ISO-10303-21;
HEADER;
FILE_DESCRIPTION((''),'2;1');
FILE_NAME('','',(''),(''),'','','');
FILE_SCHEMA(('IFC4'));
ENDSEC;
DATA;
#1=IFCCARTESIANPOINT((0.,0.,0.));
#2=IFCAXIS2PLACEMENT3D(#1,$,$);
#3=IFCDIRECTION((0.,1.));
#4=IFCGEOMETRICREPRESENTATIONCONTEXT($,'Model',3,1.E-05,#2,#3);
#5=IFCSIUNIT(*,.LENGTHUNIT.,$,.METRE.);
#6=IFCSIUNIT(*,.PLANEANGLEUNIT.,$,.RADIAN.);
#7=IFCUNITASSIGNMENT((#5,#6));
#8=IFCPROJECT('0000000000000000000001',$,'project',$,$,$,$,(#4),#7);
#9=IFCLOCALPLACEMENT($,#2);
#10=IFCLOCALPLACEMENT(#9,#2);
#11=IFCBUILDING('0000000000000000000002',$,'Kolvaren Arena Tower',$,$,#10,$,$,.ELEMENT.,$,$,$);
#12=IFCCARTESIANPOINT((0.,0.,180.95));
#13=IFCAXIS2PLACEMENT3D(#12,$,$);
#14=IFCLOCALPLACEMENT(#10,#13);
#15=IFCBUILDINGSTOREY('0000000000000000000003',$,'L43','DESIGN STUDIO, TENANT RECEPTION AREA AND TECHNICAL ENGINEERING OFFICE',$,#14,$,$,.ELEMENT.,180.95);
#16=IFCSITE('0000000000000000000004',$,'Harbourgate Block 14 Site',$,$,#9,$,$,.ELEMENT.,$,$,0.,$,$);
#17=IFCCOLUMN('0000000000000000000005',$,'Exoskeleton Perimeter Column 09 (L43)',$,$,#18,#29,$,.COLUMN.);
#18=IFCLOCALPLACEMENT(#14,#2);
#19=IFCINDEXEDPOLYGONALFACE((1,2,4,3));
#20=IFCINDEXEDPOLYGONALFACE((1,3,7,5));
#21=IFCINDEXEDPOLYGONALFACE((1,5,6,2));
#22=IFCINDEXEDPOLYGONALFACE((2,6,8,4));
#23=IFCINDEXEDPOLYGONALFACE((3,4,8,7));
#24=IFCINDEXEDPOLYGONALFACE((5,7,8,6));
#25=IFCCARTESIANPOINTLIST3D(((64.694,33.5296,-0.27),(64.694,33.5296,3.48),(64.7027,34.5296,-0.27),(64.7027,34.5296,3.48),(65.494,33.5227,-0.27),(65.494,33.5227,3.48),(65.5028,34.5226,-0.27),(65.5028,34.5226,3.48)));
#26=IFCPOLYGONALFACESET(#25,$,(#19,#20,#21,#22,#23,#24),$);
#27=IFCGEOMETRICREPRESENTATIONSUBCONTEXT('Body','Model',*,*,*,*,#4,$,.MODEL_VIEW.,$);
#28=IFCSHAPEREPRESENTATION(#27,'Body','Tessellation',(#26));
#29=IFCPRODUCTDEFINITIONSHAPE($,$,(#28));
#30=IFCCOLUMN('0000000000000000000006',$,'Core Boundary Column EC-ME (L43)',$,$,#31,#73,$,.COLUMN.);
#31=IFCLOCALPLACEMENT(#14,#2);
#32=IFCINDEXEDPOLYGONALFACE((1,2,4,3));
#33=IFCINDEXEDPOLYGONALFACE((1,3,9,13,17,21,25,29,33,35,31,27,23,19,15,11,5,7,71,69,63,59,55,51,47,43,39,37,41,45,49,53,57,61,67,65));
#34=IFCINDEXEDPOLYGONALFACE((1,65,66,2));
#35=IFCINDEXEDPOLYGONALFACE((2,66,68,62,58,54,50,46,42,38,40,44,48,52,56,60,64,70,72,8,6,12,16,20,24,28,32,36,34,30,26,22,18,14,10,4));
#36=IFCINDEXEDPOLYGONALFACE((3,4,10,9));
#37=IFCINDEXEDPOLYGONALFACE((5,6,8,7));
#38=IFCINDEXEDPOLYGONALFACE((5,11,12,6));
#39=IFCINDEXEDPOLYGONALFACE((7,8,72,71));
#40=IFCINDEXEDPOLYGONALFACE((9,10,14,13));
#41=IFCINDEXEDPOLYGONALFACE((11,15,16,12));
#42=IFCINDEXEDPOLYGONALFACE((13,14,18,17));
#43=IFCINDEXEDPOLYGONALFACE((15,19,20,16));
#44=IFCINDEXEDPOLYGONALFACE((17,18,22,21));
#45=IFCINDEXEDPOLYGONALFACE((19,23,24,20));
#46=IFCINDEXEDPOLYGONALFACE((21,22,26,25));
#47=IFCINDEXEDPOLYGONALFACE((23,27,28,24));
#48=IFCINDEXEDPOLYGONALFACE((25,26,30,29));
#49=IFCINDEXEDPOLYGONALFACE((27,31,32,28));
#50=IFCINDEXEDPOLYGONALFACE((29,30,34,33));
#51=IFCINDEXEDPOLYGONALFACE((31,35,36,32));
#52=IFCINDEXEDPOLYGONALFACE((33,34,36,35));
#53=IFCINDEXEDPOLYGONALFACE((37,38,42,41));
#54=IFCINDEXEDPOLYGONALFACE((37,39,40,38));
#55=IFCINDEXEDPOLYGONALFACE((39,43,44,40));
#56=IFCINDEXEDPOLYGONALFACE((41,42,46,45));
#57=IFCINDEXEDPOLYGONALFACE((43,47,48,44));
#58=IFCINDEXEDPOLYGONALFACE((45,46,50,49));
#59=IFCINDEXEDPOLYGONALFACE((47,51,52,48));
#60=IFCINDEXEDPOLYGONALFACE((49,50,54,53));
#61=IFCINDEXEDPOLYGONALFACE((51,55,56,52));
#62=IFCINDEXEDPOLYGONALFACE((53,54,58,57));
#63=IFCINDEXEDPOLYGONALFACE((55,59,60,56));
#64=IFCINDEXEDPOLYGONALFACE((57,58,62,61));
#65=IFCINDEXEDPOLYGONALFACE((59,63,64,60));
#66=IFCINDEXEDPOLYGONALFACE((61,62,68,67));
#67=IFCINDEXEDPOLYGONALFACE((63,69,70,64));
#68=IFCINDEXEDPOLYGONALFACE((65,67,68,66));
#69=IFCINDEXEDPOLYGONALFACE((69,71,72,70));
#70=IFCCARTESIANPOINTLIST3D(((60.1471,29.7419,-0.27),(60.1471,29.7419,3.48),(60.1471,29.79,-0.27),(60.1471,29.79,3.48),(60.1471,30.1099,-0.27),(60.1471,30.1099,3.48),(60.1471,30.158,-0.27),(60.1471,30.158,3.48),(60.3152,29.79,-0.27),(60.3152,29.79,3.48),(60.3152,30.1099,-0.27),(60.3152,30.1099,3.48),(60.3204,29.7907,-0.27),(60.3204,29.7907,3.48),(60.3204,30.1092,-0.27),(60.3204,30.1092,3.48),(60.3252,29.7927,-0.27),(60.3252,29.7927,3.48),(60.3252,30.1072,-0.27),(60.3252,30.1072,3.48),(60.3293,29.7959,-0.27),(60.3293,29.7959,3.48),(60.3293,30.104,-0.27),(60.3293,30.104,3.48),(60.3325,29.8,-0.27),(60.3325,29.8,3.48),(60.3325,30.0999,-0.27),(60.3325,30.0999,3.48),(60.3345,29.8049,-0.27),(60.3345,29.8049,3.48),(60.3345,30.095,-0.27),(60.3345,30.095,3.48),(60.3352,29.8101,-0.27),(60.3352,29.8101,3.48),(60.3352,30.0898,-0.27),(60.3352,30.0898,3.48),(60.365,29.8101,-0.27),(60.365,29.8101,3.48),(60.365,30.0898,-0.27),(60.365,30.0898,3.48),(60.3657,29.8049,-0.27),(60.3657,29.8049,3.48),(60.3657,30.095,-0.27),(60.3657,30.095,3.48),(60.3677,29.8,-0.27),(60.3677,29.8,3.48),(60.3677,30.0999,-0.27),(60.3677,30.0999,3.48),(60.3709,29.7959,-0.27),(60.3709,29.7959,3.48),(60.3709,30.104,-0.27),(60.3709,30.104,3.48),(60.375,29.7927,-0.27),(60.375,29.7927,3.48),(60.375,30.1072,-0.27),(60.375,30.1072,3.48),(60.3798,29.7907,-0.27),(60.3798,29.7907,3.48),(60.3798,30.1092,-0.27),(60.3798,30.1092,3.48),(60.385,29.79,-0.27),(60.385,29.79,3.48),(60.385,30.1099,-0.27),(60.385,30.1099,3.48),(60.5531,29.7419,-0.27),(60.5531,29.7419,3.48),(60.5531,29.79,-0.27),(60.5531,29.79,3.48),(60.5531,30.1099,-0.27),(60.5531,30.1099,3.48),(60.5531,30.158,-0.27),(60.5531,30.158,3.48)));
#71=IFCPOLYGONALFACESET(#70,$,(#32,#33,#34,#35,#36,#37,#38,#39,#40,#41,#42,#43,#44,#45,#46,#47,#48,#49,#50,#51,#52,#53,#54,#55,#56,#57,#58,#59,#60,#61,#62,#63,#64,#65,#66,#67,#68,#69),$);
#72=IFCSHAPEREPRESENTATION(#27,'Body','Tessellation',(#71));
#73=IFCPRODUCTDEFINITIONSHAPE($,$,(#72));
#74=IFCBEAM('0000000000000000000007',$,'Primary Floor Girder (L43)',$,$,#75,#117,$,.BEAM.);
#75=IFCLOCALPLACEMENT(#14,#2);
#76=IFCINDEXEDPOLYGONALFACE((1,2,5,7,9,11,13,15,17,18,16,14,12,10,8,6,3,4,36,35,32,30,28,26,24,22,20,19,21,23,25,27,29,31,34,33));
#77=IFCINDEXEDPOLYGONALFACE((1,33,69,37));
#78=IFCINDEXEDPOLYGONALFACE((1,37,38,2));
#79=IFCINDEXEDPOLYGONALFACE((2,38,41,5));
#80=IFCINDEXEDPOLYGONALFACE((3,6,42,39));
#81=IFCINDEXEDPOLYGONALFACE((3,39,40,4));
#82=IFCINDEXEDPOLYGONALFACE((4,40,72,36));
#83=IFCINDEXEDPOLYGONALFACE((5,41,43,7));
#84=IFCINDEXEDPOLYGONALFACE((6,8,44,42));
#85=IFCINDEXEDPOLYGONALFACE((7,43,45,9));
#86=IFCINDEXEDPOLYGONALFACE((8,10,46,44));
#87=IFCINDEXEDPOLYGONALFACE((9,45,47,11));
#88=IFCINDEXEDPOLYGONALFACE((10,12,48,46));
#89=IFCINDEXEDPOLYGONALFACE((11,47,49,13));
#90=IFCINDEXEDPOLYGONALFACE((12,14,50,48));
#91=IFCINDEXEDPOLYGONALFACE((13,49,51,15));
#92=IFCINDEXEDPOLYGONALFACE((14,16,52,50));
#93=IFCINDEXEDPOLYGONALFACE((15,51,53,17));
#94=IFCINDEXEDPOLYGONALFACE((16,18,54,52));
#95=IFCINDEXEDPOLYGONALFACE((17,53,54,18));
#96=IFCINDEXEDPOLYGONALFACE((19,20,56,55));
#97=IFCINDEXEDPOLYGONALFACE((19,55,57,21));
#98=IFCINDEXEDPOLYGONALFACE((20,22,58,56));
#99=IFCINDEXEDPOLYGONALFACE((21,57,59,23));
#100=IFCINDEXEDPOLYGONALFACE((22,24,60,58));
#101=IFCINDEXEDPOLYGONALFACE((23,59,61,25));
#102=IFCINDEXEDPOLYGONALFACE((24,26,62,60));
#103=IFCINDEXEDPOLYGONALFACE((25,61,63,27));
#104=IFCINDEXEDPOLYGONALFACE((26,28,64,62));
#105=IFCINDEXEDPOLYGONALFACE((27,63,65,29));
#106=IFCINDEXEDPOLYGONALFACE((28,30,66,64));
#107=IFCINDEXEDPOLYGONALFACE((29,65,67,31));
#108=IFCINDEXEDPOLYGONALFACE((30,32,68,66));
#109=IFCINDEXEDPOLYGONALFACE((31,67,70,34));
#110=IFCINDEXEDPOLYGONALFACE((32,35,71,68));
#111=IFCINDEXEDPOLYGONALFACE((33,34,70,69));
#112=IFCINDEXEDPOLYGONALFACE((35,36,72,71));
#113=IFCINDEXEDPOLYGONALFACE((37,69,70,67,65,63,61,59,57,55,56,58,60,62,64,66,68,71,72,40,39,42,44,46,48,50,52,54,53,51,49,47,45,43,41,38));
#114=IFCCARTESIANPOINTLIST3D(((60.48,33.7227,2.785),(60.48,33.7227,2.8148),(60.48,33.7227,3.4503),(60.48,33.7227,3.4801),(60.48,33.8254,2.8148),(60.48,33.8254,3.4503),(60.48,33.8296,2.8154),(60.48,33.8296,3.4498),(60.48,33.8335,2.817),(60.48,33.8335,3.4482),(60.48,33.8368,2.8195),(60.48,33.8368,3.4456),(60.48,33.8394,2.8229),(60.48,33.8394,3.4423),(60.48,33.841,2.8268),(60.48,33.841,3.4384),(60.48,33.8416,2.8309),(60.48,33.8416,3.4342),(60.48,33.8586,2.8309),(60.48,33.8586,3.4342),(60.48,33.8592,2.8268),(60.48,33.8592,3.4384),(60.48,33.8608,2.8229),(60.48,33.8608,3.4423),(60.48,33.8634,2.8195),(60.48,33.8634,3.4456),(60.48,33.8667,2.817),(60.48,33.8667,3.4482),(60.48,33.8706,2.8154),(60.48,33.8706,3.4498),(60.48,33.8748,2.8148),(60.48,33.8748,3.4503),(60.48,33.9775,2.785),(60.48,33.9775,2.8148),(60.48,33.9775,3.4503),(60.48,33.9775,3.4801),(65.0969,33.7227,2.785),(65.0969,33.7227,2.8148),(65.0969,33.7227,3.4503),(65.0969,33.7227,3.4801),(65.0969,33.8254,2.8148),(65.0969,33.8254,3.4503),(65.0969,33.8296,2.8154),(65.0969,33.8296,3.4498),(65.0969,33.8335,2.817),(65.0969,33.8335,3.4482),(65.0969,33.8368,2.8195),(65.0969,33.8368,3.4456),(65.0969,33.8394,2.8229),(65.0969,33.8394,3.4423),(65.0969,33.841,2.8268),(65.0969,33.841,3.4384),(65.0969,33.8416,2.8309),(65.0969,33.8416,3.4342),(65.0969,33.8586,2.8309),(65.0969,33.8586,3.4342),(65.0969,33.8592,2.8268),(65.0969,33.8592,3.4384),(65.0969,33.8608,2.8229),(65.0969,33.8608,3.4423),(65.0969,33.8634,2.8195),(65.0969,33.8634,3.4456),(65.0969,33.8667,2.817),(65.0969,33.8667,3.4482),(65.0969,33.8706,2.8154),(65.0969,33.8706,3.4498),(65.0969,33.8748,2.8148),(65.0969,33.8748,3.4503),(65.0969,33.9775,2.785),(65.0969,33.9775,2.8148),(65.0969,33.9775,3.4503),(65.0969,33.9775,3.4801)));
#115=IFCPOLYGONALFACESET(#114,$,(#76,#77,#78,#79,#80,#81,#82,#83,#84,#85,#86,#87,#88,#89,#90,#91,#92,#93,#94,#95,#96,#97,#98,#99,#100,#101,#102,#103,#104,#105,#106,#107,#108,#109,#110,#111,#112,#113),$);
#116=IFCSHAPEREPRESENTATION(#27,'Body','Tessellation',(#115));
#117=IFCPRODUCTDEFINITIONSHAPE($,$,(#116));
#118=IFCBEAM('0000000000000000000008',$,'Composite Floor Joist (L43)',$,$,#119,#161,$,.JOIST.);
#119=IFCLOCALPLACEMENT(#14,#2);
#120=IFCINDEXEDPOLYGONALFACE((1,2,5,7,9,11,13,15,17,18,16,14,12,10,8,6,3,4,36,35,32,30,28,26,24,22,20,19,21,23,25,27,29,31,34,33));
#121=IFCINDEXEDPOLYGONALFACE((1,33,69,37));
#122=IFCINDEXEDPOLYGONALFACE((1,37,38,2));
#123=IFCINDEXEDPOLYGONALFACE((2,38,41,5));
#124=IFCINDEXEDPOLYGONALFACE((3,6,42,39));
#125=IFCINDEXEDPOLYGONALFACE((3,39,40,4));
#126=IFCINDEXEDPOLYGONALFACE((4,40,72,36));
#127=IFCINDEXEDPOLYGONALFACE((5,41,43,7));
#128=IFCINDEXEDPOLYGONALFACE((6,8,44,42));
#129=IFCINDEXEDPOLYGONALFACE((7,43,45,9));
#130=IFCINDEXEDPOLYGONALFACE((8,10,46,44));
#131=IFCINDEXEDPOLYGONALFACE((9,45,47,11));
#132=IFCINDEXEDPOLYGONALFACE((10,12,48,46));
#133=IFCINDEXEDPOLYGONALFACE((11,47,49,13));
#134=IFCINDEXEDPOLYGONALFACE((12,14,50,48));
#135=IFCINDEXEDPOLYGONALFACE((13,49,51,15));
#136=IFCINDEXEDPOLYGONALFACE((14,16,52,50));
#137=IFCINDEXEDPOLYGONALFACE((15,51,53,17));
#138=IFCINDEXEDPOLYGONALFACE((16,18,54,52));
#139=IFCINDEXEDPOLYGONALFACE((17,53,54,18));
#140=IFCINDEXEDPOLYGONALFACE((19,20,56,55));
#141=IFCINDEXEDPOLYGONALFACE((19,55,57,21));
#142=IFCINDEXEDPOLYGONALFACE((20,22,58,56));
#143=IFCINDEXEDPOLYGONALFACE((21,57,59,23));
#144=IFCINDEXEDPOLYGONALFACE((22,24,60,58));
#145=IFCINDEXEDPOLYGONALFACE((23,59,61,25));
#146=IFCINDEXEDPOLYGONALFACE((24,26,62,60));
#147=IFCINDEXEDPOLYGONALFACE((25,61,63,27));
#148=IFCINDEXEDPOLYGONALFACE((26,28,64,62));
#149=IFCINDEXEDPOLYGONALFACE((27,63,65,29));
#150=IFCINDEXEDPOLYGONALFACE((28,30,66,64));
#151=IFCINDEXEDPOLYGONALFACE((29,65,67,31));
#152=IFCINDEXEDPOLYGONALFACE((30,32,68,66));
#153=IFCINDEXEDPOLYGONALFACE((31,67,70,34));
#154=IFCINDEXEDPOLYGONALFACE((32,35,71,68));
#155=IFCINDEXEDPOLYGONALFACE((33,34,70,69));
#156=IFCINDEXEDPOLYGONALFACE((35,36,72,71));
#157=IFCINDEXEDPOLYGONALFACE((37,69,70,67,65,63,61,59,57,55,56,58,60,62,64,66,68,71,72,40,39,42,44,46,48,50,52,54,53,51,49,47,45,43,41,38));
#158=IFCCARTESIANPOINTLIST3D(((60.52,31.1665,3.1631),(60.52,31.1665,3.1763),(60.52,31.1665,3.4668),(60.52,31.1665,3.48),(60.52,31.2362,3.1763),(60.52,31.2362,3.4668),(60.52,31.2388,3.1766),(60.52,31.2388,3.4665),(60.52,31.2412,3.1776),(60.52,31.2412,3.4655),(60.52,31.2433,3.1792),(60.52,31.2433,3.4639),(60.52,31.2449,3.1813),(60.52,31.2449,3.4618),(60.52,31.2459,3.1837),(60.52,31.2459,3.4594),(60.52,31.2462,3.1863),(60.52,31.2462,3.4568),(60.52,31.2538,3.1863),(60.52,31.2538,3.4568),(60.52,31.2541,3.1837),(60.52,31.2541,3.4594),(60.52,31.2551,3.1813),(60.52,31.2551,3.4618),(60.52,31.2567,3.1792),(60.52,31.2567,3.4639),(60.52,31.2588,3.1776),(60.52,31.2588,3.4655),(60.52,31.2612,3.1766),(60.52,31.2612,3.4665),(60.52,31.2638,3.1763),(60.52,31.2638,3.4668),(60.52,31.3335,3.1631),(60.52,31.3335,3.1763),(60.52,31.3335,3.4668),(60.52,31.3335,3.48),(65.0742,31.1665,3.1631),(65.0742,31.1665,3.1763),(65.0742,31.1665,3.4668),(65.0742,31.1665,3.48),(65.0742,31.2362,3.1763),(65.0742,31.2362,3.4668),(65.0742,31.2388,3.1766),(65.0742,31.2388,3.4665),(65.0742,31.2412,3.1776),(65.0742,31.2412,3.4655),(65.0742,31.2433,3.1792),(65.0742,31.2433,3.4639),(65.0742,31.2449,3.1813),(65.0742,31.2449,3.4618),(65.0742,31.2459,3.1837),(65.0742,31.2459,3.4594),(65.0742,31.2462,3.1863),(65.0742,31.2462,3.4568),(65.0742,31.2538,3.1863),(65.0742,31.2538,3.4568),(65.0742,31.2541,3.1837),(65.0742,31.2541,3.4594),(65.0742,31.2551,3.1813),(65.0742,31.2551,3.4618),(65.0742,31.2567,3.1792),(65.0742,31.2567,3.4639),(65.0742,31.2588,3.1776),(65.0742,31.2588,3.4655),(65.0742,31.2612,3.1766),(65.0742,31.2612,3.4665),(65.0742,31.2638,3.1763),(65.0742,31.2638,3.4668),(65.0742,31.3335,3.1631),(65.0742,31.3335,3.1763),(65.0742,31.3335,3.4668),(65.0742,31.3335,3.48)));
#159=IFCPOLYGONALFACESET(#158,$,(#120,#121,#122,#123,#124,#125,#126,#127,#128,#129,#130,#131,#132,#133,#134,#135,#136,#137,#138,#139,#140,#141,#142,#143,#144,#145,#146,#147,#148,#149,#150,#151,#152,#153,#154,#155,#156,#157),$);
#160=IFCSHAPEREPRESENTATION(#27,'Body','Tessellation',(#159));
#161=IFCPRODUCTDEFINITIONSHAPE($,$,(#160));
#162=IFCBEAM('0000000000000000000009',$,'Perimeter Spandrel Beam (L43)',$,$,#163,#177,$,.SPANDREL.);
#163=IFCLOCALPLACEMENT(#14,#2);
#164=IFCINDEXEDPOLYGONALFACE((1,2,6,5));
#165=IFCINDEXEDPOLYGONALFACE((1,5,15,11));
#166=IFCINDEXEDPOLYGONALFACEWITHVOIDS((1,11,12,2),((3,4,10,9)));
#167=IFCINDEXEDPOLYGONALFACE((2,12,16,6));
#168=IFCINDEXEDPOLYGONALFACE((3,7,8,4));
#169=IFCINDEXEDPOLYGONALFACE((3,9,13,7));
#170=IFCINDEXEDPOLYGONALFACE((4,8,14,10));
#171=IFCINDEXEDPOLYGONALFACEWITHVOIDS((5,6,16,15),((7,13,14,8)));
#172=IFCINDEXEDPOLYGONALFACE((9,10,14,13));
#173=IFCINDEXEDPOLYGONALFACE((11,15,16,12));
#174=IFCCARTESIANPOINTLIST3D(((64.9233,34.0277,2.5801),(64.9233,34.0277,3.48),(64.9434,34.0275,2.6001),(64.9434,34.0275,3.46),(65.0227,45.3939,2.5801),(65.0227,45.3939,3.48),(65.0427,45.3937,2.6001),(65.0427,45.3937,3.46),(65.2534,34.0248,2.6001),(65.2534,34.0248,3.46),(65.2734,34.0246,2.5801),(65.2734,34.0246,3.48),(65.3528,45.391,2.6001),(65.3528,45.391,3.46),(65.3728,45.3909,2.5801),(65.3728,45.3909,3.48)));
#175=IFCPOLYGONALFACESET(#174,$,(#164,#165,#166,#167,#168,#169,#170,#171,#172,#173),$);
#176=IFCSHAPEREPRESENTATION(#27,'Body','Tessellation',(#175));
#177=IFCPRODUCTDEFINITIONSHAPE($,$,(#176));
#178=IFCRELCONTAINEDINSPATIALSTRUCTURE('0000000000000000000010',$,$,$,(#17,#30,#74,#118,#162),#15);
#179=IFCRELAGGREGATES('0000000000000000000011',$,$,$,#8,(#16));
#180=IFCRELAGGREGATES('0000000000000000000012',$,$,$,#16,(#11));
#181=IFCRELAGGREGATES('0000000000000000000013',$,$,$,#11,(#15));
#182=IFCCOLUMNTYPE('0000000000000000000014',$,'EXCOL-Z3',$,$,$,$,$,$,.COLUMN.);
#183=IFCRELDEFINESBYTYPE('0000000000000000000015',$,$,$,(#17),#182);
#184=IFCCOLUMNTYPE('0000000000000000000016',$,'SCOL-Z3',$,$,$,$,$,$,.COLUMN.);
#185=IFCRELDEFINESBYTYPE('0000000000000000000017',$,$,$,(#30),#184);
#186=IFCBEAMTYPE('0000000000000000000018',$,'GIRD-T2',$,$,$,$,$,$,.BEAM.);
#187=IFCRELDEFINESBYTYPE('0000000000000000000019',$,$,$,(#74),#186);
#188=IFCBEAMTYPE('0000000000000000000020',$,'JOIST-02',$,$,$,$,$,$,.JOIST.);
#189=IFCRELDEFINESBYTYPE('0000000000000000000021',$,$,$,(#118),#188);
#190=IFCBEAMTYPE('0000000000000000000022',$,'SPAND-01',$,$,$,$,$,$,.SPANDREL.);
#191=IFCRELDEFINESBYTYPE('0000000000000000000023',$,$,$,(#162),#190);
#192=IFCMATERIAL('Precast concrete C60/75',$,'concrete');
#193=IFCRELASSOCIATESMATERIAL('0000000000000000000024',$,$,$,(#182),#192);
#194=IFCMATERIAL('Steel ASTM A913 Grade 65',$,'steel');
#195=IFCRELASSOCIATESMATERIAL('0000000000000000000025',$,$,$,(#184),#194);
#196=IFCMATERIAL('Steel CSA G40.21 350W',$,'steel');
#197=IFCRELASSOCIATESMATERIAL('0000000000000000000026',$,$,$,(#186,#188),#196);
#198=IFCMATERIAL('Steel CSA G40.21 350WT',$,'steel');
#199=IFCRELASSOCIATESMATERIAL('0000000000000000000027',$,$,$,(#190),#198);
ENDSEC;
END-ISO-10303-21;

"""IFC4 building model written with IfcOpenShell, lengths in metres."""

from ifc_helpers import new_model, si_unit, direction, frame, origin, origin_2d, place, context, subcontext, project, spatial, rectangle, hollow_rectangle, i_section, extrude, material, material_profile, profile_set, type_object, element, save


model = new_model("IFC4")

# Units and contexts
model_context = context("Model", 3, precision=1e-05, world=origin(), true_north=direction((0.0, 1.0)))
body_context = subcontext(model_context, "Body", "Model", "MODEL_VIEW")
ifc_project = project(units=[si_unit("LENGTHUNIT", "METRE"), si_unit("PLANEANGLEUNIT", "RADIAN")], contexts=[model_context])

# Site, building, storey
site_placement = place(None, origin())
site = spatial("IfcSite", under=ifc_project, at=site_placement, Name="Harbourgate Block 14 Site", CompositionType="ELEMENT", RefElevation=0.0)
building_placement = place(site_placement, origin())
building = spatial("IfcBuilding", under=site, at=building_placement, Name="Kolvaren Arena Tower", CompositionType="ELEMENT")
storey_placement = place(building_placement, frame((0.0, 0.0, 180.95)))
storey = spatial("IfcBuildingStorey", under=building, at=storey_placement, Name="L43", Description="DESIGN STUDIO, TENANT RECEPTION AREA AND TECHNICAL ENGINEERING OFFICE", CompositionType="ELEMENT", Elevation=180.95)

# Columns
ifc_material_1 = material(Name="Precast concrete C60/75", Category="concrete")
ifc_material_profile_1 = material_profile(ifc_material_1, rectangle(XDim=1.0, YDim=0.8, at=origin_2d()), Name="RC-1000x800")
ifc_profile_set_1 = profile_set([ifc_material_profile_1], Name="Precast concrete C60/75")
column_type_1 = type_object("IfcColumnType", Name="EXCOL-Z3", PredefinedType="COLUMN", material=ifc_profile_set_1)
column_1_placement = place(storey_placement, frame((65.0984, 34.0261, -0.27), z_axis=(0.0, 0.0, 1.0), x_axis=(0.008727, 0.999962, 0.0)))
element("IfcColumn", 1, at=column_1_placement, inside=storey, type_object=column_type_1, Name="Exoskeleton Perimeter Column 09 (L43)", PredefinedType="COLUMN", context=body_context, shape_type="SweptSolid", body=[
    extrude(rectangle(XDim=1.0, YDim=0.8, at=origin_2d()), origin(), (0.0, 0.0, 1.0), 3.75),
])
ifc_material_2 = material(Name="Steel ASTM A913 Grade 65", Category="steel")
ifc_material_profile_2 = material_profile(ifc_material_2, i_section(OverallWidth=0.406, OverallDepth=0.416, WebThickness=0.0298, FlangeThickness=0.0481, FilletRadius=0.02, at=origin_2d()), Name="W360x382")
ifc_profile_set_2 = profile_set([ifc_material_profile_2], Name="Steel ASTM A913 Grade 65")
column_type_2 = type_object("IfcColumnType", Name="SCOL-Z3", PredefinedType="COLUMN", material=ifc_profile_set_2)
column_2_placement = place(storey_placement, frame((60.3501, 29.95, -0.27), z_axis=(0.0, 0.0, 1.0), x_axis=(1.0, 0.0, 0.0)))
element("IfcColumn", 2, at=column_2_placement, inside=storey, type_object=column_type_2, Name="Core Boundary Column EC-ME (L43)", PredefinedType="COLUMN", context=body_context, shape_type="SweptSolid", body=[
    extrude(i_section(OverallWidth=0.406, OverallDepth=0.416, WebThickness=0.0298, FlangeThickness=0.0481, FilletRadius=0.02, at=origin_2d()), origin(), (0.0, 0.0, 1.0), 3.75),
])

# Beams
ifc_material_3 = material(Name="Steel CSA G40.21 350W", Category="steel")
ifc_material_profile_3 = material_profile(ifc_material_3, i_section(OverallWidth=0.2549, OverallDepth=0.6951, WebThickness=0.0171, FlangeThickness=0.0298, FilletRadius=0.0161, at=origin_2d()), Name="W690x217")
ifc_profile_set_3 = profile_set([ifc_material_profile_3], Name="Steel CSA G40.21 350W")
beam_type_1 = type_object("IfcBeamType", Name="GIRD-T2", PredefinedType="BEAM", material=ifc_profile_set_3)
beam_1_placement = place(storey_placement, frame((60.48, 33.8501, 3.1326), z_axis=(1.0, 0.0, 0.0), x_axis=(0.0, 1.0, 0.0)))
element("IfcBeam", 3, at=beam_1_placement, inside=storey, type_object=beam_type_1, Name="Primary Floor Girder (L43)", PredefinedType="BEAM", context=body_context, shape_type="SweptSolid", body=[
    extrude(i_section(OverallWidth=0.2549, OverallDepth=0.6951, WebThickness=0.0171, FlangeThickness=0.0298, FilletRadius=0.0161, at=origin_2d()), origin(), (0.0, 0.0, 1.0), 4.6169),
])
ifc_material_profile_4 = material_profile(ifc_material_3, i_section(OverallWidth=0.167, OverallDepth=0.3169, WebThickness=0.0076, FlangeThickness=0.0132, FilletRadius=0.01, at=origin_2d()), Name="W310x52")
ifc_profile_set_4 = profile_set([ifc_material_profile_4], Name="Steel CSA G40.21 350W")
beam_type_2 = type_object("IfcBeamType", Name="JOIST-02", PredefinedType="JOIST", material=ifc_profile_set_4)
beam_2_placement = place(storey_placement, frame((60.52, 31.25, 3.3215), z_axis=(1.0, 0.0, 0.0), x_axis=(0.0, 1.0, 0.0)))
element("IfcBeam", 4, at=beam_2_placement, inside=storey, type_object=beam_type_2, Name="Composite Floor Joist (L43)", PredefinedType="JOIST", context=body_context, shape_type="SweptSolid", body=[
    extrude(i_section(OverallWidth=0.167, OverallDepth=0.3169, WebThickness=0.0076, FlangeThickness=0.0132, FilletRadius=0.01, at=origin_2d()), origin(), (0.0, 0.0, 1.0), 4.5542),
])
ifc_material_4 = material(Name="Steel CSA G40.21 350WT", Category="steel")
ifc_material_profile_5 = material_profile(ifc_material_4, hollow_rectangle(XDim=0.3501, YDim=0.8999, WallThickness=0.02, at=origin_2d()), Name="HSS 900x350x20")
ifc_profile_set_5 = profile_set([ifc_material_profile_5], Name="Steel CSA G40.21 350WT")
beam_type_3 = type_object("IfcBeamType", Name="SPAND-01", PredefinedType="SPANDREL", material=ifc_profile_set_5)
beam_3_placement = place(storey_placement, frame((65.0984, 34.0261, 3.03), z_axis=(0.008742, 0.999962, 0.0), x_axis=(-0.999962, 0.008742, 0.0)))
element("IfcBeam", 5, at=beam_3_placement, inside=storey, type_object=beam_type_3, Name="Perimeter Spandrel Beam (L43)", PredefinedType="SPANDREL", context=body_context, shape_type="SweptSolid", body=[
    extrude(hollow_rectangle(XDim=0.3501, YDim=0.8999, WallThickness=0.02, at=origin_2d()), origin(), (0.0, 0.0, 1.0), 11.3667),
])

save(model, "model.ifc")
